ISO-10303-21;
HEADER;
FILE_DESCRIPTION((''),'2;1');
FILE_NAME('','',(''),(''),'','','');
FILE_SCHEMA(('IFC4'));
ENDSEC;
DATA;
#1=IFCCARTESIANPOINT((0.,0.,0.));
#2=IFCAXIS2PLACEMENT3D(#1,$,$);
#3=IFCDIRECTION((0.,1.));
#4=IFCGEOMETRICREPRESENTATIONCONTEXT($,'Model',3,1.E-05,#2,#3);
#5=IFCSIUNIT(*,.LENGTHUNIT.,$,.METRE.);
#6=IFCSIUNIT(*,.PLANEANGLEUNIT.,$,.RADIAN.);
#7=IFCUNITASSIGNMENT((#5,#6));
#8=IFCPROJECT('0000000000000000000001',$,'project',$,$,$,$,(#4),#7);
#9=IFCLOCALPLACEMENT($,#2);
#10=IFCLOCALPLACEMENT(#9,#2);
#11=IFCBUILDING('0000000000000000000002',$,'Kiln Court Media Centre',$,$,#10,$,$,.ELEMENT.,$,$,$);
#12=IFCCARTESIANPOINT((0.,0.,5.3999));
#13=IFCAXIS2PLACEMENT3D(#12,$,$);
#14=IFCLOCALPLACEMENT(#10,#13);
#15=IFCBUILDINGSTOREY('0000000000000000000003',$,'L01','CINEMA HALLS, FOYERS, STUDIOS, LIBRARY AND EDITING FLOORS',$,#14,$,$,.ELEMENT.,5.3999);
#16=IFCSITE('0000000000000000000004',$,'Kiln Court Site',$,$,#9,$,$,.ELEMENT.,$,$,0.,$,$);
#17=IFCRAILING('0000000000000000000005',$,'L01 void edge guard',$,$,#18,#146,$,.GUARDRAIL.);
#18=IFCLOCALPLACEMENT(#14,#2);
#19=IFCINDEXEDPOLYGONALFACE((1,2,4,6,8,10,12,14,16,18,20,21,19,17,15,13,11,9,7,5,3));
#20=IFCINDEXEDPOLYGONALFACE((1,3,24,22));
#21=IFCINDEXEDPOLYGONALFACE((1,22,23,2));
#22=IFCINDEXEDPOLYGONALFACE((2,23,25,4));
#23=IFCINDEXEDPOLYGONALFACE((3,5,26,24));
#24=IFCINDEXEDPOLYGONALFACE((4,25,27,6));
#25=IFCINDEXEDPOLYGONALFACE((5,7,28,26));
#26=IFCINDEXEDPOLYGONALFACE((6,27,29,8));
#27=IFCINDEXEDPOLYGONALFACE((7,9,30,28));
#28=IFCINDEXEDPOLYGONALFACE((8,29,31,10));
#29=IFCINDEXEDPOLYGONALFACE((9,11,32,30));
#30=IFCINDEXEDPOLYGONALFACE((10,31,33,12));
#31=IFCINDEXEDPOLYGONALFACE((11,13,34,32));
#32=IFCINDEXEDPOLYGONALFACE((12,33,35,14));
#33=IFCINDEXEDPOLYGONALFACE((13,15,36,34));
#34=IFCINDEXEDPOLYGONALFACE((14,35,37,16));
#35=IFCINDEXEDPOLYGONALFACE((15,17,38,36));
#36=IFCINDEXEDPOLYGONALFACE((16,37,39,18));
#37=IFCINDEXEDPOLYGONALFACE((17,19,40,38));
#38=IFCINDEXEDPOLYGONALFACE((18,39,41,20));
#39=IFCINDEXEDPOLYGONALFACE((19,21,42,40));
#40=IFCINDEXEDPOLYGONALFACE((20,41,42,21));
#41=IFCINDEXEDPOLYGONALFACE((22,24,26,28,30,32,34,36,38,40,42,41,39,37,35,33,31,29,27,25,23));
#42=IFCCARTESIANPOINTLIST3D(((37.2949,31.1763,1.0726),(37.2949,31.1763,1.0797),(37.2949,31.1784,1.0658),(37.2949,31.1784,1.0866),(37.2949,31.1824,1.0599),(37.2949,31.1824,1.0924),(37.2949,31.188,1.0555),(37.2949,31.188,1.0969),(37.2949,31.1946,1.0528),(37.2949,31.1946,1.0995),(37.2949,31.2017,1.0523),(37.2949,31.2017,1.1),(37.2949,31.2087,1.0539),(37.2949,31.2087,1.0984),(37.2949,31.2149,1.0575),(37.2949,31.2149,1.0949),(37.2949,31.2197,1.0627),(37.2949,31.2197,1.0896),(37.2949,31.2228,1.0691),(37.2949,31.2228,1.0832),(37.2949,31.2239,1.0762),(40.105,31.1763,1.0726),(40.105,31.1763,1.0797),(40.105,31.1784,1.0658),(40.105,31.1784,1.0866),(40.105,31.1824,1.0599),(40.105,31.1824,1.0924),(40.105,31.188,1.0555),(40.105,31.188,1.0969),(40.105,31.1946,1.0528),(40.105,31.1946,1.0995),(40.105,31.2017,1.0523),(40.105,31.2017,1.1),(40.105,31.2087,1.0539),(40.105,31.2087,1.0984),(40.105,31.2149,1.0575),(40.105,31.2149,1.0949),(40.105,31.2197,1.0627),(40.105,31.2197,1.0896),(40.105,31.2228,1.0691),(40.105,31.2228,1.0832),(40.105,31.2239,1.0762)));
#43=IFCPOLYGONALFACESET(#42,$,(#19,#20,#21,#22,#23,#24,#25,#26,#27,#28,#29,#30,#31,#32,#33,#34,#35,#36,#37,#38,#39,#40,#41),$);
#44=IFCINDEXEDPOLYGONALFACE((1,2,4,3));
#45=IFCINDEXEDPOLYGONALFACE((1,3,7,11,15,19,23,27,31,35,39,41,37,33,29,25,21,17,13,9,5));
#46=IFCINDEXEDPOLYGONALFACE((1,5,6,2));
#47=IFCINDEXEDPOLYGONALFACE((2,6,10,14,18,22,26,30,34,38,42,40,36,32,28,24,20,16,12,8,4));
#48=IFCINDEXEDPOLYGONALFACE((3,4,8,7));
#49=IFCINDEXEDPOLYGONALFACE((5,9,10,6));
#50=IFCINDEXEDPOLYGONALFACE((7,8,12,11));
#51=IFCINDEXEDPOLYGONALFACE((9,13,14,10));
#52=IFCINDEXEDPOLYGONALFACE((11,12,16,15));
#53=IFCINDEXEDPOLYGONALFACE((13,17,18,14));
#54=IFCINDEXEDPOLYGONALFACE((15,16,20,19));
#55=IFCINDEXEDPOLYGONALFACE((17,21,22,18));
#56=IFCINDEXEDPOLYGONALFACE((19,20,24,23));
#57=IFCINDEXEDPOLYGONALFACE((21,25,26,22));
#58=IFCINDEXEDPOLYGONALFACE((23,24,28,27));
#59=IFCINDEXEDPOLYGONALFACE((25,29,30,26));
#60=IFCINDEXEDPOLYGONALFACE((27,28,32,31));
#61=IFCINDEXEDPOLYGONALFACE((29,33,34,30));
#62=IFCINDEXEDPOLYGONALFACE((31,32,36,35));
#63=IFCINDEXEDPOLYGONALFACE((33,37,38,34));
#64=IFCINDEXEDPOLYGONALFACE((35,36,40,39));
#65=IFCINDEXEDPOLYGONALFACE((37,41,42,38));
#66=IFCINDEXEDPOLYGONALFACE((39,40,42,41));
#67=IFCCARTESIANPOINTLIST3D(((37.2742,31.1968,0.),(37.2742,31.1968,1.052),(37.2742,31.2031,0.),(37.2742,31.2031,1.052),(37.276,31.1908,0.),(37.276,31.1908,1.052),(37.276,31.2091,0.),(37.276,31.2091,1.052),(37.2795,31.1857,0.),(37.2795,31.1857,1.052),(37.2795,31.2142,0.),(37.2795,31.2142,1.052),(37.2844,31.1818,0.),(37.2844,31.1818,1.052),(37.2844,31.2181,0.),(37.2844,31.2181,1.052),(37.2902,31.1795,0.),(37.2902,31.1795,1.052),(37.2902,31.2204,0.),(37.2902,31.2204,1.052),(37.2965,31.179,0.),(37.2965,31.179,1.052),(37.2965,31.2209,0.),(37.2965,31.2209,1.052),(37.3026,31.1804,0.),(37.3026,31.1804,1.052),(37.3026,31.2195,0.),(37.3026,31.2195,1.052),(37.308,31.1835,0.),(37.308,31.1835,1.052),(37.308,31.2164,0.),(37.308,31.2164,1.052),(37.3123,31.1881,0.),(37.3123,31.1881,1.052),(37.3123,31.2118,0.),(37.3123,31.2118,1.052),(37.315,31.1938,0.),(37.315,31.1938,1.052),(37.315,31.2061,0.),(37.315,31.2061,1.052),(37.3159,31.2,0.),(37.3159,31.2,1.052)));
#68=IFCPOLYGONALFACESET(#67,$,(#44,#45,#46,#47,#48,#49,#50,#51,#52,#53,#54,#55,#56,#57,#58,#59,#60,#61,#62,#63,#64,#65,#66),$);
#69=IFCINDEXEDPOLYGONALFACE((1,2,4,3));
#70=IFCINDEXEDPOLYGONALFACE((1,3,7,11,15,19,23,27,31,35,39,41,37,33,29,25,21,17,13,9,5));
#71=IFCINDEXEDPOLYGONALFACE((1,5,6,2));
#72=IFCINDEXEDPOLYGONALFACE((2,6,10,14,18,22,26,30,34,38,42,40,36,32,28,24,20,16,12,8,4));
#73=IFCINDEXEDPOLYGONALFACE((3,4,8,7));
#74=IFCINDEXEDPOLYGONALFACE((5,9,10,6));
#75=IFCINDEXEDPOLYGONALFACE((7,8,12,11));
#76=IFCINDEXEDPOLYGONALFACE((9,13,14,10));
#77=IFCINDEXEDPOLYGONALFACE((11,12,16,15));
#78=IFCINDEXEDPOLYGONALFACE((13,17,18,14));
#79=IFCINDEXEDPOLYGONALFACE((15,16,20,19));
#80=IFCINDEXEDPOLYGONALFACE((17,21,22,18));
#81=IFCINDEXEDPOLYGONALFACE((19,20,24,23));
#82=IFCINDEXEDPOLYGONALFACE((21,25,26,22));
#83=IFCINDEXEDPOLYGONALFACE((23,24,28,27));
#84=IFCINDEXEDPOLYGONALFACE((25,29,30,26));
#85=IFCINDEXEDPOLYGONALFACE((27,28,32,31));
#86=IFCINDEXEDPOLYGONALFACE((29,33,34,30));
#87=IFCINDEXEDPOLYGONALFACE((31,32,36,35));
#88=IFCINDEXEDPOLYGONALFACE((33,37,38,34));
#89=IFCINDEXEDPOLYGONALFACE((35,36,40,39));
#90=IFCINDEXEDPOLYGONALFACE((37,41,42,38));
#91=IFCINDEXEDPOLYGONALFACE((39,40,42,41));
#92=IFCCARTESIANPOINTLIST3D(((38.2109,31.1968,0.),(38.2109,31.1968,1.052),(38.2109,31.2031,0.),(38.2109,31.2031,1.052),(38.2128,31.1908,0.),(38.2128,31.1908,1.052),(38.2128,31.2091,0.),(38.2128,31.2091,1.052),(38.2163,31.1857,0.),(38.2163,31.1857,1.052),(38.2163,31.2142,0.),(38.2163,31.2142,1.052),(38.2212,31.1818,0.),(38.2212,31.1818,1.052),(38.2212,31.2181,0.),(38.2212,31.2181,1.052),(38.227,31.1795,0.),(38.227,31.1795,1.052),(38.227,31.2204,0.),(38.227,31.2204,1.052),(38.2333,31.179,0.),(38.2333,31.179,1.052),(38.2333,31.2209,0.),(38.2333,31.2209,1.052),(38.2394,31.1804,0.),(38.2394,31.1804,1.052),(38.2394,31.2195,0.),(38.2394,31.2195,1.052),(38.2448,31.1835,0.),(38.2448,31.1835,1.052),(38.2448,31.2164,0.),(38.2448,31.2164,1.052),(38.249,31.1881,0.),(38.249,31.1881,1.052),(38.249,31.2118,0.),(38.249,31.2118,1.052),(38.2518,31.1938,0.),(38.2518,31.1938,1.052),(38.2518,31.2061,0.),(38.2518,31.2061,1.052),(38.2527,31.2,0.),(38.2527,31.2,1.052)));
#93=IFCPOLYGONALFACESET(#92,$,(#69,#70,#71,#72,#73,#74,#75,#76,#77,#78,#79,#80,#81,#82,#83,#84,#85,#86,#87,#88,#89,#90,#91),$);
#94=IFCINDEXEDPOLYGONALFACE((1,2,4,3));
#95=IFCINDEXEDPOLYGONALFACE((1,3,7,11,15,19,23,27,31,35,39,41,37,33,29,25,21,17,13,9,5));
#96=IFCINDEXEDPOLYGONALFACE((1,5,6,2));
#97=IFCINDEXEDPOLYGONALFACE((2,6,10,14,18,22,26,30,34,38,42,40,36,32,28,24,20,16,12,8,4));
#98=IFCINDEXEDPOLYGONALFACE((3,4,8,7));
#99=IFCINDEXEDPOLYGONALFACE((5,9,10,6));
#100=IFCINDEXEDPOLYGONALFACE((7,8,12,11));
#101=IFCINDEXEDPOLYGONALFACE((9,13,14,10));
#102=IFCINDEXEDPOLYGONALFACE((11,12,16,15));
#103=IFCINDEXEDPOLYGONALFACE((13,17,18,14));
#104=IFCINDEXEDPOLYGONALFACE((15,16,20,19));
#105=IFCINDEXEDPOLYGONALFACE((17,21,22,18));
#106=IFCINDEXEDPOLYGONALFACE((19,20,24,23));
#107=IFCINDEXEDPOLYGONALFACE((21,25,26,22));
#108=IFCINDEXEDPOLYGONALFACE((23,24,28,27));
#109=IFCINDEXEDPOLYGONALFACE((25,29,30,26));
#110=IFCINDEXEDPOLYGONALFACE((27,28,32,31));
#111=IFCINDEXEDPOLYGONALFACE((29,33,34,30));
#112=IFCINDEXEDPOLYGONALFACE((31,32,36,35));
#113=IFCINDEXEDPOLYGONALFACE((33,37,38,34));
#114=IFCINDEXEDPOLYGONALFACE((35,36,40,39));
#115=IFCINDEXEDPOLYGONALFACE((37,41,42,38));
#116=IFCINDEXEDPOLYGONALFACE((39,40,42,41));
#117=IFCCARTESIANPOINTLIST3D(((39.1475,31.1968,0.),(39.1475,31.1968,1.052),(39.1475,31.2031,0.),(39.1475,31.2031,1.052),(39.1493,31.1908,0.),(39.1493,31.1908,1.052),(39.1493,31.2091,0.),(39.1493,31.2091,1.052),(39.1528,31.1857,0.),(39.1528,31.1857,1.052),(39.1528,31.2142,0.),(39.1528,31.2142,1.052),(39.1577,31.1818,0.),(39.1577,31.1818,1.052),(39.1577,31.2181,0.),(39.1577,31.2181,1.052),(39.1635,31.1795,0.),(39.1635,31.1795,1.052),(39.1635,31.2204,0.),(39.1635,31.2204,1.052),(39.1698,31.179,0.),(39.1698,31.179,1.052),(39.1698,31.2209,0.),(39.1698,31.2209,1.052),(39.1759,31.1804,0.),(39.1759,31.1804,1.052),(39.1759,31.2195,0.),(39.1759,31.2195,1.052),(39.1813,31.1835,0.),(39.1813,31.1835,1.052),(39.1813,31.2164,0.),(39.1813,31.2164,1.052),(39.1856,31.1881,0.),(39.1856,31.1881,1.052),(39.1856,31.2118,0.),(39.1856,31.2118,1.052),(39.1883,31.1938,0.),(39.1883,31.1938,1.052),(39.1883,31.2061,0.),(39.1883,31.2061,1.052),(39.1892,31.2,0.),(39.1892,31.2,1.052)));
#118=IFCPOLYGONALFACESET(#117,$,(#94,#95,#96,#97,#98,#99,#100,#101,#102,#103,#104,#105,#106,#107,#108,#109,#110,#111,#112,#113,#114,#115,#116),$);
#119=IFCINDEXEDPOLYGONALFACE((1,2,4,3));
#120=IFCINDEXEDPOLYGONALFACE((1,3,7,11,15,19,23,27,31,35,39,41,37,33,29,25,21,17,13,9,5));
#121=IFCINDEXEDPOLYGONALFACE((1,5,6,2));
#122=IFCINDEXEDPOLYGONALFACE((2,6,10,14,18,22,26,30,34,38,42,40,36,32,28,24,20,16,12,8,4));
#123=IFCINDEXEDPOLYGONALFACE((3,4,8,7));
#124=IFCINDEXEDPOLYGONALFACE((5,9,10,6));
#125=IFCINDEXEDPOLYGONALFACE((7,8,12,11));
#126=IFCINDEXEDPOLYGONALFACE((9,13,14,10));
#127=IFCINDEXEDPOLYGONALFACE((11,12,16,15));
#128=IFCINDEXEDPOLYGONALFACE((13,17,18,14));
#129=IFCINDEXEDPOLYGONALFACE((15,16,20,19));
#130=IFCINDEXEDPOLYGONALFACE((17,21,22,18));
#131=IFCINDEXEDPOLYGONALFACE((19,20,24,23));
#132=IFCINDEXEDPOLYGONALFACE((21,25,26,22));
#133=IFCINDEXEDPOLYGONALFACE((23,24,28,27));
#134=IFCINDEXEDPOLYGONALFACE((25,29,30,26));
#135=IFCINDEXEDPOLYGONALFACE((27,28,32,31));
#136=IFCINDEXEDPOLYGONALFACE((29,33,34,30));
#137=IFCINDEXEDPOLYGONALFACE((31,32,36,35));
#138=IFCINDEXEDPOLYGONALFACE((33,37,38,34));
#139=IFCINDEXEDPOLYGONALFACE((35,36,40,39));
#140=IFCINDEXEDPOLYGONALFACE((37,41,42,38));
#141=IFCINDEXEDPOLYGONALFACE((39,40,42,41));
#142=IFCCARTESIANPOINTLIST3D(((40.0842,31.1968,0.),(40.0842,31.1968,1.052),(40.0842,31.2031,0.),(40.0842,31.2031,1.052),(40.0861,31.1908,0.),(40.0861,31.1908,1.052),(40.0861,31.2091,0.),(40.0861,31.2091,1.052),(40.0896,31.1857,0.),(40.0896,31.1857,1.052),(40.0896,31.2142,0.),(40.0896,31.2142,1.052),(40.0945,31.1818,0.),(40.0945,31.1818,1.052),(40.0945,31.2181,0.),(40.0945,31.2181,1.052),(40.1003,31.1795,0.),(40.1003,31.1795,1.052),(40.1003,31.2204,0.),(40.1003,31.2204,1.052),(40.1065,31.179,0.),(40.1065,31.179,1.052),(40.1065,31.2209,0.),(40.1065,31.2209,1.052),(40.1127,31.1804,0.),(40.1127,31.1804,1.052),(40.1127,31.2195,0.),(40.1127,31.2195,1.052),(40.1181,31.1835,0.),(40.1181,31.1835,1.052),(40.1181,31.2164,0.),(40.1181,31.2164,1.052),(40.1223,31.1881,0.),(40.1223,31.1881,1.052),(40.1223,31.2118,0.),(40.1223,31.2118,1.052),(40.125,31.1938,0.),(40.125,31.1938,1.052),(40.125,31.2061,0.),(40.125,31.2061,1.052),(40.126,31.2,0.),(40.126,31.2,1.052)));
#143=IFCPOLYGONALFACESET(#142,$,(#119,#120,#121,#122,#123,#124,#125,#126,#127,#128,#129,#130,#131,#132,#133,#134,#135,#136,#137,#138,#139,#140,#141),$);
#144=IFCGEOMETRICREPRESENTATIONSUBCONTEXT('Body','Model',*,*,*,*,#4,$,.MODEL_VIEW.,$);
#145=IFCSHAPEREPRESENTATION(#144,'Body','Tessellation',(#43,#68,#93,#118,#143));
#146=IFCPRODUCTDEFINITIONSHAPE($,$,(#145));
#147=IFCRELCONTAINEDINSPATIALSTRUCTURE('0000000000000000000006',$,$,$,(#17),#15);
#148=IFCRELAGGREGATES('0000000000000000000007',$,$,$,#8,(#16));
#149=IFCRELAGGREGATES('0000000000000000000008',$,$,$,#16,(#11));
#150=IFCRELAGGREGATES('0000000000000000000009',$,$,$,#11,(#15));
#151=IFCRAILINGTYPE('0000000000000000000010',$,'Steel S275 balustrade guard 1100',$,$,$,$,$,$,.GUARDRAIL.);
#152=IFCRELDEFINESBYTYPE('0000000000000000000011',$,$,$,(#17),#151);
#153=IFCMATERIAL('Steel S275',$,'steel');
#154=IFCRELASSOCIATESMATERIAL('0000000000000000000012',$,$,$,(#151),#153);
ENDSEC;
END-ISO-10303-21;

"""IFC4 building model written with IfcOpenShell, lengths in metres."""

from ifc_helpers import new_model, si_unit, direction, frame, origin, origin_2d, place, context, subcontext, project, spatial, circle, extrude, material, type_object, element, save


model = new_model("IFC4")

# Units and contexts
model_context = context("Model", 3, precision=1e-05, world=origin(), true_north=direction((0.0, 1.0)))
body_context = subcontext(model_context, "Body", "Model", "MODEL_VIEW")
ifc_project = project(units=[si_unit("LENGTHUNIT", "METRE"), si_unit("PLANEANGLEUNIT", "RADIAN")], contexts=[model_context])

# Site, building, storey
site_placement = place(None, origin())
site = spatial("IfcSite", under=ifc_project, at=site_placement, Name="Kiln Court Site", CompositionType="ELEMENT", RefElevation=0.0)
building_placement = place(site_placement, origin())
building = spatial("IfcBuilding", under=site, at=building_placement, Name="Kiln Court Media Centre", CompositionType="ELEMENT")
storey_placement = place(building_placement, frame((0.0, 0.0, 5.3999)))
storey = spatial("IfcBuildingStorey", under=building, at=storey_placement, Name="L01", Description="CINEMA HALLS, FOYERS, STUDIOS, LIBRARY AND EDITING FLOORS", CompositionType="ELEMENT", Elevation=5.3999)

# Railing
ifc_material_1 = material(Name="Steel S275", Category="steel")
railing_type = type_object("IfcRailingType", Name="Steel S275 balustrade guard 1100", PredefinedType="GUARDRAIL", material=ifc_material_1)
railing_1_placement = place(storey_placement, frame((37.2949, 31.2, 0.0)))
element("IfcRailing", 1, at=railing_1_placement, inside=storey, type_object=railing_type, Name="L01 void edge guard", PredefinedType="GUARDRAIL", context=body_context, shape_type="SweptSolid", body=[
    extrude(circle(Radius=0.0239, at=origin_2d()), frame((0.0, 0.0, 1.0762), z_axis=(1.0, 0.0, 0.0), x_axis=(0.0, 1.0, 0.0)), (0.0, 0.0, 1.0), 2.8101),
    extrude(circle(Radius=0.021, at=origin_2d()), origin(), (0.0, 0.0, 1.0), 1.052),
    extrude(circle(Radius=0.021, at=origin_2d()), frame((0.9368, 0.0, 0.0)), (0.0, 0.0, 1.0), 1.052),
    extrude(circle(Radius=0.021, at=origin_2d()), frame((1.8733, 0.0, 0.0)), (0.0, 0.0, 1.0), 1.052),
    extrude(circle(Radius=0.021, at=origin_2d()), frame((2.8101, 0.0, 0.0)), (0.0, 0.0, 1.0), 1.052),
])

save(model, "model.ifc")
